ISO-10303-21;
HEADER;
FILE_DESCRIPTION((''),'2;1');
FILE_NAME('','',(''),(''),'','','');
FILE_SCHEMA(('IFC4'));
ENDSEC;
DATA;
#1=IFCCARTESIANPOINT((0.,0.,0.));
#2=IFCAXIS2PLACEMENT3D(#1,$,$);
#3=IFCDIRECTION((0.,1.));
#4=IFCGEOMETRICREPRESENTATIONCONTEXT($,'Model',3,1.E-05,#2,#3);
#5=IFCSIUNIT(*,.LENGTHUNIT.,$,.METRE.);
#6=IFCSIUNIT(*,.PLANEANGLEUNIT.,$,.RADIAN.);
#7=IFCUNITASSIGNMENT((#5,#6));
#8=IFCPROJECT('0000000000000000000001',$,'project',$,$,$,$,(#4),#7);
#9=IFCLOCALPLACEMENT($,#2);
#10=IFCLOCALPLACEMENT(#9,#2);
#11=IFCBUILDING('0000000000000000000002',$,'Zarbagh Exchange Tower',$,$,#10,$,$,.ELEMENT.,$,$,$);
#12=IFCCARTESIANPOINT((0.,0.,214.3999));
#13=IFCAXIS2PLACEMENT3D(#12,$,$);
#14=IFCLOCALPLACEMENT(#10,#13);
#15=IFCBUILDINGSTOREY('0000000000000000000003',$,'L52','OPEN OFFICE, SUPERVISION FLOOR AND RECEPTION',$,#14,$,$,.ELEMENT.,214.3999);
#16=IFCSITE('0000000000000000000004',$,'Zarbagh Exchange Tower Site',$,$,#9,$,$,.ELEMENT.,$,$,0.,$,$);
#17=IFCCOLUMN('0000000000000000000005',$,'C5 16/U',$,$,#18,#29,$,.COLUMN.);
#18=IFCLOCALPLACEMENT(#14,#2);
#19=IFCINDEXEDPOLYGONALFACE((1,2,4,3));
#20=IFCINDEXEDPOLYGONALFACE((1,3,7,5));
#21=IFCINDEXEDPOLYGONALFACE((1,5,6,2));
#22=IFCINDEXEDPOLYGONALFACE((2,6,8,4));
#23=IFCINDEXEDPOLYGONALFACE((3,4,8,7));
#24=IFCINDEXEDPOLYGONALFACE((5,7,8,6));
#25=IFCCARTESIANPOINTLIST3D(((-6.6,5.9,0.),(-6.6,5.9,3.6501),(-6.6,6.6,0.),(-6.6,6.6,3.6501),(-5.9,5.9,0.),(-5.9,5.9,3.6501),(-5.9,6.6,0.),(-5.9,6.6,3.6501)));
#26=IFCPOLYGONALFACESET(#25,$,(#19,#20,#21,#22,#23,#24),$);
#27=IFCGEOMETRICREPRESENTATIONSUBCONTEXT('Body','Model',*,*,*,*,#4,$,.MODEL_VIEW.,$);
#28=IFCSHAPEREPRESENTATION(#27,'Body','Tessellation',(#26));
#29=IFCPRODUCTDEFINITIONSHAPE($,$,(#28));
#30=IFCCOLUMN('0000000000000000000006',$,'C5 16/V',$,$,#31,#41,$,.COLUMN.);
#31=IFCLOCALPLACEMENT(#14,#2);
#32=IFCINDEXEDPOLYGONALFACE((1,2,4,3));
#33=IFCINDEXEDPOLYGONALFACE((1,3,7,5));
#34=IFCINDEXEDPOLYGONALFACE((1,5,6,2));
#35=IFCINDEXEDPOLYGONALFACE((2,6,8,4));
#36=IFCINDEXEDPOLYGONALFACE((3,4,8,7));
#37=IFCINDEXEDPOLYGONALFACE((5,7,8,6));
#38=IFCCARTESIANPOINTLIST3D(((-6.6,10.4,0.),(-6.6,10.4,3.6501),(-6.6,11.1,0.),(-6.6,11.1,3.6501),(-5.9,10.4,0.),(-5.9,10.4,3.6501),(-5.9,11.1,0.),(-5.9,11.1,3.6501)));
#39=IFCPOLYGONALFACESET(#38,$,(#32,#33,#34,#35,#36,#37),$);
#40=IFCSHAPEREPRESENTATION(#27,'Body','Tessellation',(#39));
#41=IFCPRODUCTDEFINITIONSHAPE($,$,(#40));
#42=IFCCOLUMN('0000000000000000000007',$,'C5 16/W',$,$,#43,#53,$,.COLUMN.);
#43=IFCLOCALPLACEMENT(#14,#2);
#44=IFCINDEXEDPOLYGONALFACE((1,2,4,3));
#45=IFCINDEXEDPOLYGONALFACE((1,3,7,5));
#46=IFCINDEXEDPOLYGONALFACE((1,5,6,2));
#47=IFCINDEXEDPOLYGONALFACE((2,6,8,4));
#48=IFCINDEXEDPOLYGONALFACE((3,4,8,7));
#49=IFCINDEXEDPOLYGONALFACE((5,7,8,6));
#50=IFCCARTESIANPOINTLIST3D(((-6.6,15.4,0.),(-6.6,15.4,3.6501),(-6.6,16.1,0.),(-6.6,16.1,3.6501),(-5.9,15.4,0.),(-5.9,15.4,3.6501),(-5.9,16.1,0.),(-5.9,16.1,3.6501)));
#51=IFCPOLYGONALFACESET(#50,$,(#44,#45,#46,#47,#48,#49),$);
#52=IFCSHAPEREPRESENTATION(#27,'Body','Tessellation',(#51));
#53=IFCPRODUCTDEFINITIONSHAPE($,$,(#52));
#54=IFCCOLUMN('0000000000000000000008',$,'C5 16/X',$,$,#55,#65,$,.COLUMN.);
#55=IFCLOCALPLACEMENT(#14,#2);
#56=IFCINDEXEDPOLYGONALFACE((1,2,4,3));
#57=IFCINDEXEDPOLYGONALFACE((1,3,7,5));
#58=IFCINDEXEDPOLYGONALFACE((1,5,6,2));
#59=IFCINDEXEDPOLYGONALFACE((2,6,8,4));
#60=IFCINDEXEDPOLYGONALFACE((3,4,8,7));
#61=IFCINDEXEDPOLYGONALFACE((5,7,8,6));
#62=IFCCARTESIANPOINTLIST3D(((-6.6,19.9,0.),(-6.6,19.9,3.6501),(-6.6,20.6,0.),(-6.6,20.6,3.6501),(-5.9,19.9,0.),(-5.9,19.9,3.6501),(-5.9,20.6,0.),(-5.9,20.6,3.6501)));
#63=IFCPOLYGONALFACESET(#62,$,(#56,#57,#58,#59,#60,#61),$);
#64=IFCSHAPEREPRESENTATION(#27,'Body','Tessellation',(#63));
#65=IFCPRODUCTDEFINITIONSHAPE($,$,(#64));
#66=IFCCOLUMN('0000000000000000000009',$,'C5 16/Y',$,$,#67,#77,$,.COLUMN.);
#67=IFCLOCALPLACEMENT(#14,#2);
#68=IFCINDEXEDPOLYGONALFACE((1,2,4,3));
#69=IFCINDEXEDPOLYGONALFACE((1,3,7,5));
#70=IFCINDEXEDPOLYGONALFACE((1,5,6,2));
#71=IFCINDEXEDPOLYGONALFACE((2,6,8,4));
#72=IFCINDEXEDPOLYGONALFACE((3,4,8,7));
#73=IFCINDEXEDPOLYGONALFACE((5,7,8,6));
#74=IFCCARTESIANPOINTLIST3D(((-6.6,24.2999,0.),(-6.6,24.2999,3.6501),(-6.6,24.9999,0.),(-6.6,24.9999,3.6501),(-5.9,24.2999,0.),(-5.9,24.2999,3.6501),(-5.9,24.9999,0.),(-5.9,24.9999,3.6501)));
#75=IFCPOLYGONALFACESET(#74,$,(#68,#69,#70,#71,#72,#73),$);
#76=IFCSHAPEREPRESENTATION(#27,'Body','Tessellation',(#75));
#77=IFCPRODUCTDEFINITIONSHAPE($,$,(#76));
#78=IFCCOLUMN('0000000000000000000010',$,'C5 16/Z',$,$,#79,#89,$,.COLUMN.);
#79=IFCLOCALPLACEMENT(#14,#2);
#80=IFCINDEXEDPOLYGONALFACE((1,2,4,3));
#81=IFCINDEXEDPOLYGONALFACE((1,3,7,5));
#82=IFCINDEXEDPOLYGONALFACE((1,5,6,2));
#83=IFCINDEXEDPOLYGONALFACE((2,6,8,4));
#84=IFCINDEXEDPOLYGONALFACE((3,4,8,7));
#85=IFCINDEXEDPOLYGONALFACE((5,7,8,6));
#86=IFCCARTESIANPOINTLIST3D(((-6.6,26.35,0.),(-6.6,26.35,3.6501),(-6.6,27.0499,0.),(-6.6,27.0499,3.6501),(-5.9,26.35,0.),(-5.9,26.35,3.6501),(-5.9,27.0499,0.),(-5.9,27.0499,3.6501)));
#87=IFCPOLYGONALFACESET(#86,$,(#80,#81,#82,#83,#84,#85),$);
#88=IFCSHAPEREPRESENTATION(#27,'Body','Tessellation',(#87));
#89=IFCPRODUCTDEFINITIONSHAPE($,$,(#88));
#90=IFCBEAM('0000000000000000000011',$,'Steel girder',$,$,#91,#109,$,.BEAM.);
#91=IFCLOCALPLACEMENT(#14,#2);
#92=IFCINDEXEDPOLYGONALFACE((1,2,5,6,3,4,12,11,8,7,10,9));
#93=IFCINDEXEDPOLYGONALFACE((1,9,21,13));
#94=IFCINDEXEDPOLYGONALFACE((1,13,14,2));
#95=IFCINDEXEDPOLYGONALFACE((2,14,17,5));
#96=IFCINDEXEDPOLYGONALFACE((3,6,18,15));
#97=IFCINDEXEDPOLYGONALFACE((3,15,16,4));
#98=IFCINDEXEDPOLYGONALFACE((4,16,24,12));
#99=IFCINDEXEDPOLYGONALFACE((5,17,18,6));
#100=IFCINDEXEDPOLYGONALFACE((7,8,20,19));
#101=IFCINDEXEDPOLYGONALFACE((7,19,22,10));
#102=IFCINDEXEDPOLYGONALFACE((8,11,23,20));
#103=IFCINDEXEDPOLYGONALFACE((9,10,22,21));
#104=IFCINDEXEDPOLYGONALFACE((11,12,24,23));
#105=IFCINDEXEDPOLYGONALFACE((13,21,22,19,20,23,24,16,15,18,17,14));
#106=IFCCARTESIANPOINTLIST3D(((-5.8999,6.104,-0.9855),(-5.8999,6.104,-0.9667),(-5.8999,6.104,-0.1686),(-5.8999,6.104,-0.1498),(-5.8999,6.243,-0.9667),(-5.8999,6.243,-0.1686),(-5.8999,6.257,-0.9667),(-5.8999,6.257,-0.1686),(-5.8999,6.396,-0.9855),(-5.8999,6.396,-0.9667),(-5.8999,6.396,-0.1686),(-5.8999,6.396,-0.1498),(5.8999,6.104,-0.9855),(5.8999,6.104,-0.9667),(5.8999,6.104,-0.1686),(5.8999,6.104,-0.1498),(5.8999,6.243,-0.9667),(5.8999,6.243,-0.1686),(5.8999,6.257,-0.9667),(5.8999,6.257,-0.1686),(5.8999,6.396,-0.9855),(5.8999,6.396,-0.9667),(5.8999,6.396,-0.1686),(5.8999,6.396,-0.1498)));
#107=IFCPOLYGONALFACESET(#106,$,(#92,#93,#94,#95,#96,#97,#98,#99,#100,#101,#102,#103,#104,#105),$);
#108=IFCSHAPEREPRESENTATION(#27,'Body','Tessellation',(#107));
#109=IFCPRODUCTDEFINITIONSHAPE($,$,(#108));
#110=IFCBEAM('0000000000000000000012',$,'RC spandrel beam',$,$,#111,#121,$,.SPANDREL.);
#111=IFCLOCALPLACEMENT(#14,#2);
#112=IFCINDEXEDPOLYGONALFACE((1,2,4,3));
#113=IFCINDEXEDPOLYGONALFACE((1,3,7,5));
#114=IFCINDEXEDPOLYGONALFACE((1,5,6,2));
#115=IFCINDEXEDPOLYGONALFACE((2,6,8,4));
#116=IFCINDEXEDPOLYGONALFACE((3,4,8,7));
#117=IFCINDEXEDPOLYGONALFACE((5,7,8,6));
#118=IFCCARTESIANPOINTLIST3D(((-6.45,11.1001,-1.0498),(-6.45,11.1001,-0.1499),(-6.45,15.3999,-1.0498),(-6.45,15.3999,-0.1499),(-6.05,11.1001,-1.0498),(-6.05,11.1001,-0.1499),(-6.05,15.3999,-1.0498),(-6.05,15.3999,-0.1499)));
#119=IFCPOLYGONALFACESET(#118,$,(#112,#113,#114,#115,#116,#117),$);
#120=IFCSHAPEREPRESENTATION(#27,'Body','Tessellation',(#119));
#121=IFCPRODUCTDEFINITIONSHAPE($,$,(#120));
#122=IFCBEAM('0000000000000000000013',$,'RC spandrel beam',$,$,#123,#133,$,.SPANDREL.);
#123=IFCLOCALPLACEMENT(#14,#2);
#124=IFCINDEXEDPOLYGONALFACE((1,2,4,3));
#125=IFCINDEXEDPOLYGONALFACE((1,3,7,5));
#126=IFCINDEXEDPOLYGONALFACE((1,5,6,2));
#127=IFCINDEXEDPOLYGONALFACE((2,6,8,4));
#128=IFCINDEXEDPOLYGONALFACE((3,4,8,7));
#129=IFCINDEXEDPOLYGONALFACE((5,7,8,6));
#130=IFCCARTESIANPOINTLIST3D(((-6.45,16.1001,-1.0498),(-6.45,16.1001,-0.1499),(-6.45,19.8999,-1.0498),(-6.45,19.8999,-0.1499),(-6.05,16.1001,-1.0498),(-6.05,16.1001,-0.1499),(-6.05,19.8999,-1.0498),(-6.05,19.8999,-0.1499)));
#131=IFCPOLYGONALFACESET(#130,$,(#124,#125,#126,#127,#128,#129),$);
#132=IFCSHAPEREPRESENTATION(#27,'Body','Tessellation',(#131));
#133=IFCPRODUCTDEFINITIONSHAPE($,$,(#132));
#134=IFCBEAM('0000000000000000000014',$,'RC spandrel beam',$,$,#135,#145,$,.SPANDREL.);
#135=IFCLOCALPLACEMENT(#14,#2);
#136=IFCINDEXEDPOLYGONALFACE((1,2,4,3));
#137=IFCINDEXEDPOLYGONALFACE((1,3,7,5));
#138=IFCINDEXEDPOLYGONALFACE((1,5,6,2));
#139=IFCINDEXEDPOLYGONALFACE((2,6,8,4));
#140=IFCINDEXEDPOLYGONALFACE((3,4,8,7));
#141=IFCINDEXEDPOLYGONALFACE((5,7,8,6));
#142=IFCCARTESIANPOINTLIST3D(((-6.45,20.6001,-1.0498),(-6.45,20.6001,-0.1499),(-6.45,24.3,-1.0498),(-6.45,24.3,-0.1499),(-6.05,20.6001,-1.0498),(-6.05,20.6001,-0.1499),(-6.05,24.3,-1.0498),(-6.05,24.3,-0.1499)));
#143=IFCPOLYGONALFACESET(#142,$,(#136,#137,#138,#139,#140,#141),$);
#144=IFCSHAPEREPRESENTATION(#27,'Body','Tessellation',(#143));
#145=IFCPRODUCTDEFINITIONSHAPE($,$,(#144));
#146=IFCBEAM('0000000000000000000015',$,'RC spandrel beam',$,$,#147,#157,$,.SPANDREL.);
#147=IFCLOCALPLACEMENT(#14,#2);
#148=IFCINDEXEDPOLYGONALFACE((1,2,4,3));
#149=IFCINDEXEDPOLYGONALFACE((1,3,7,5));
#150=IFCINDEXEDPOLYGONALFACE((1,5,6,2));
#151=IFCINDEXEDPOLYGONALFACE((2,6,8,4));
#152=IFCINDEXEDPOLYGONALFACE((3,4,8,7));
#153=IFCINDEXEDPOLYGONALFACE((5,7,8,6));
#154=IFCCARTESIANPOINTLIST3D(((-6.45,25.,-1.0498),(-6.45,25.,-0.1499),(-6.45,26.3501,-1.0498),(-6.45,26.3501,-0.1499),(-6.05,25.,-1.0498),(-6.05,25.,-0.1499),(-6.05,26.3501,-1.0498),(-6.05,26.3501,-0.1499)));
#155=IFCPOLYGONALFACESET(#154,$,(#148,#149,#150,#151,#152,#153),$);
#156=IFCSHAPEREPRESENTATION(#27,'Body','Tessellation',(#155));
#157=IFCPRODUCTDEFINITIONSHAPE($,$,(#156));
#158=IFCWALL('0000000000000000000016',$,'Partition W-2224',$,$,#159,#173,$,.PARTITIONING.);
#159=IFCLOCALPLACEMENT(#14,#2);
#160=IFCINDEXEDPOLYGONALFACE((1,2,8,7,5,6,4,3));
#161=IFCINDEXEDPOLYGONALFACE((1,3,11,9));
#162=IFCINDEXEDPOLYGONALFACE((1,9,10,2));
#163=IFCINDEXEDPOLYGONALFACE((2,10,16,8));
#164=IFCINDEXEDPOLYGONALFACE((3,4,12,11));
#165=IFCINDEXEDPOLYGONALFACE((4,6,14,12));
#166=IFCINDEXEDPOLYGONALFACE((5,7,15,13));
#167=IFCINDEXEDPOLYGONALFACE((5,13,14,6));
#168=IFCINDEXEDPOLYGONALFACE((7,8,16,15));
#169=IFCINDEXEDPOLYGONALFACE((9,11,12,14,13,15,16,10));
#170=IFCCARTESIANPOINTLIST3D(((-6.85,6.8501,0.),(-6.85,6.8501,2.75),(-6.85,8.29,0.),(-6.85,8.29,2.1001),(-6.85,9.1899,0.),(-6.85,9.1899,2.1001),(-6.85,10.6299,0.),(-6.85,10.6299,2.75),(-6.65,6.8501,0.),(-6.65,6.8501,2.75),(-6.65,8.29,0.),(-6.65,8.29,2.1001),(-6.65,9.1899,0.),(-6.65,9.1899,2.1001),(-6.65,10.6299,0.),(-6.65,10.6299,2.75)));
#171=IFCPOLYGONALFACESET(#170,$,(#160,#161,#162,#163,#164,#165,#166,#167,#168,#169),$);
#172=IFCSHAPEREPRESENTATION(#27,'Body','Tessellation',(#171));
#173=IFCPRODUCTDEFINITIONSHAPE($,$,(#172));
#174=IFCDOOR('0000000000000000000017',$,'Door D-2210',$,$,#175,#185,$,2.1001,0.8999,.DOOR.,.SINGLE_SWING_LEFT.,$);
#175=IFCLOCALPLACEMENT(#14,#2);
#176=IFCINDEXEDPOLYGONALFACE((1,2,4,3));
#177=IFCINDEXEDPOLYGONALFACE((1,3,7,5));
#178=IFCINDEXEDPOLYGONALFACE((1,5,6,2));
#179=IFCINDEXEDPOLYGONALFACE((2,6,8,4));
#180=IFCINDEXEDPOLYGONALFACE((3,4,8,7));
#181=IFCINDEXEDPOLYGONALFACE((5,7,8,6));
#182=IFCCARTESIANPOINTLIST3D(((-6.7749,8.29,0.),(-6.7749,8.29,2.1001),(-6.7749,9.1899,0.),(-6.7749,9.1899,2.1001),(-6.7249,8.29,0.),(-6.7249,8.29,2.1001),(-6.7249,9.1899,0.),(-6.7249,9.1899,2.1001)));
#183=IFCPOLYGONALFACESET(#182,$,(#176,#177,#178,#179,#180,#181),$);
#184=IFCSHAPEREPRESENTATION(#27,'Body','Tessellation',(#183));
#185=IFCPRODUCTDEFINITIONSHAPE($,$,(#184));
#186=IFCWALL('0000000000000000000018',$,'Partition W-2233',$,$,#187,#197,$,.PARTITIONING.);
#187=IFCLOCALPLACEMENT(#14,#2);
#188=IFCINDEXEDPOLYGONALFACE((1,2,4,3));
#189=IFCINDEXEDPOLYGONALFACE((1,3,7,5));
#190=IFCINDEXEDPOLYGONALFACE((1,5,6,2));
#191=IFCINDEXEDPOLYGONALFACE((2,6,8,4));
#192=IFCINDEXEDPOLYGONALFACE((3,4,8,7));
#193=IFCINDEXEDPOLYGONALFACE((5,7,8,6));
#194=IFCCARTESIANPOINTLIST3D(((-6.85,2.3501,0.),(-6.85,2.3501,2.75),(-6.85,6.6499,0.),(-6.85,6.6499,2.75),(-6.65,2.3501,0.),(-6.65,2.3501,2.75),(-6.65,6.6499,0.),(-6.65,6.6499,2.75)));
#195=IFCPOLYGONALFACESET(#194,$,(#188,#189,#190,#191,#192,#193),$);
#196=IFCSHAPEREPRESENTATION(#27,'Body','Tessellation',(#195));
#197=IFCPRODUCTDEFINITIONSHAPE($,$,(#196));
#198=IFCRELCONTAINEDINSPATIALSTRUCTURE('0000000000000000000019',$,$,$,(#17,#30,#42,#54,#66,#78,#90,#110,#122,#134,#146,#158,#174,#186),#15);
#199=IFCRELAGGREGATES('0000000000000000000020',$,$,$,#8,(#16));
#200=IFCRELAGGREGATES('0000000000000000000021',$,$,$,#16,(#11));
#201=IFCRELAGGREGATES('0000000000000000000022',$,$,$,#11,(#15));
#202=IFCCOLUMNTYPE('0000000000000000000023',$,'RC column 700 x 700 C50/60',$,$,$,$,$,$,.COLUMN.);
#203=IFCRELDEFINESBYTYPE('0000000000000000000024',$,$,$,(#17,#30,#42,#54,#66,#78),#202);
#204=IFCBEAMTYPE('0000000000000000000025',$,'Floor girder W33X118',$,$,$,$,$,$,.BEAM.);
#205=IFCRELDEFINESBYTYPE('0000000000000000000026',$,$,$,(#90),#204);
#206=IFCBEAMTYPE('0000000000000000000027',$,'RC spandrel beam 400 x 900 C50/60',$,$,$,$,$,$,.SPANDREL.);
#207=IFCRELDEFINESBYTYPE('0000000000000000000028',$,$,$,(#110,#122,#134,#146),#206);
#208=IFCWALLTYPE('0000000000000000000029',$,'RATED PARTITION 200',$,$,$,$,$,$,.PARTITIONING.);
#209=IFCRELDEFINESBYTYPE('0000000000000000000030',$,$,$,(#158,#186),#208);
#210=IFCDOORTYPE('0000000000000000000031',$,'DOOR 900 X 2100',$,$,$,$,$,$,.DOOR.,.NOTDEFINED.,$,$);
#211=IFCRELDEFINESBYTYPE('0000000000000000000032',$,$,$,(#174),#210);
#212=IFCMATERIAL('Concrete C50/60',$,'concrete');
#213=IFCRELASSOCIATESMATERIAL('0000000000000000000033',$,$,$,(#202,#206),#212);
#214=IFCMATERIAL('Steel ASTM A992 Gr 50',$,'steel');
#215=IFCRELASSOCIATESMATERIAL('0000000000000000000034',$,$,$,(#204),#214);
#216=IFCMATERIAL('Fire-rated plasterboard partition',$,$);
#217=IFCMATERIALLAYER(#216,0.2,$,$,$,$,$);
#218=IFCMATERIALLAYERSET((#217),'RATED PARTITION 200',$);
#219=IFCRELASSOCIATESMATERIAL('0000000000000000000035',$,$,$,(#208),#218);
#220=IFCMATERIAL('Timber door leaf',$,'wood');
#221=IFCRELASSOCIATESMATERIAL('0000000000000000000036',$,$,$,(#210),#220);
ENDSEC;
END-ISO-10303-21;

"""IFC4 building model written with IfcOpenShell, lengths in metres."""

from ifc_helpers import new_model, si_unit, direction, frame, frame_2d, origin, origin_2d, place, context, subcontext, project, spatial, rectangle, i_section, extrude, material, layer, layer_set, material_profile, profile_set, type_object, element, fill, save


model = new_model("IFC4")

# Units and contexts
model_context = context("Model", 3, precision=1e-05, world=origin(), true_north=direction((0.0, 1.0)))
body_context = subcontext(model_context, "Body", "Model", "MODEL_VIEW")
ifc_project = project(units=[si_unit("LENGTHUNIT", "METRE"), si_unit("PLANEANGLEUNIT", "RADIAN")], contexts=[model_context])

# Site, building, storey
site_placement = place(None, origin())
site = spatial("IfcSite", under=ifc_project, at=site_placement, Name="Zarbagh Exchange Tower Site", CompositionType="ELEMENT", RefElevation=0.0)
building_placement = place(site_placement, origin())
building = spatial("IfcBuilding", under=site, at=building_placement, Name="Zarbagh Exchange Tower", CompositionType="ELEMENT")
storey_placement = place(building_placement, frame((0.0, 0.0, 214.3999)))
storey = spatial("IfcBuildingStorey", under=building, at=storey_placement, Name="L52", Description="OPEN OFFICE, SUPERVISION FLOOR AND RECEPTION", CompositionType="ELEMENT", Elevation=214.3999)

# Columns
ifc_material_1 = material(Name="Concrete C50/60", Category="concrete")
ifc_material_profile_1 = material_profile(ifc_material_1, rectangle(XDim=0.7, YDim=0.7, at=origin_2d()), Name="RC column 700 x 700 C50/60")
ifc_profile_set_1 = profile_set([ifc_material_profile_1], Name="Concrete C50/60")
column_type = type_object("IfcColumnType", Name="RC column 700 x 700 C50/60", PredefinedType="COLUMN", material=ifc_profile_set_1)
for number, where, z_axis, x_axis, name in (
    (1, (-6.25, 6.25, 0.0), (0.0, 0.0, 1.0), (1.0, 0.0, 0.0), "C5 16/U"),
    (2, (-6.25, 10.75, 0.0), (0.0, 0.0, 1.0), (1.0, 0.0, 0.0), "C5 16/V"),
    (3, (-6.25, 15.75, 0.0), (0.0, 0.0, 1.0), (1.0, 0.0, 0.0), "C5 16/W"),
    (4, (-6.25, 20.25, 0.0), (0.0, 0.0, 1.0), (1.0, 0.0, 0.0), "C5 16/X"),
    (5, (-6.25, 24.6499, 0.0), (0.0, 0.0, 1.0), (1.0, 0.0, 0.0), "C5 16/Y"),
    (6, (-6.25, 26.7, 0.0), (0.0, 0.0, 1.0), (1.0, 0.0, 0.0), "C5 16/Z"),
):
    element("IfcColumn", number, at=place(storey_placement, frame(where, z_axis=z_axis, x_axis=x_axis)), inside=storey, type_object=column_type, Name=name, PredefinedType="COLUMN", context=body_context, shape_type="SweptSolid", body=[
        extrude(rectangle(XDim=0.7, YDim=0.7, at=origin_2d()), origin(), (0.0, 0.0, 1.0), 3.6501),
    ])

# Beams
ifc_material_2 = material(Name="Steel ASTM A992 Gr 50", Category="steel")
ifc_material_profile_2 = material_profile(ifc_material_2, i_section(OverallWidth=0.292, OverallDepth=0.8357, WebThickness=0.0139, FlangeThickness=0.0188, at=origin_2d()), Name="W33X118")
ifc_profile_set_2 = profile_set([ifc_material_profile_2], Name="Steel ASTM A992 Gr 50")
beam_type_1 = type_object("IfcBeamType", Name="Floor girder W33X118", PredefinedType="BEAM", material=ifc_profile_set_2)
beam_1_placement = place(storey_placement, frame((-5.8999, 6.25, -0.5676), z_axis=(1.0, 0.0, 0.0), x_axis=(0.0, 1.0, 0.0)))
element("IfcBeam", 7, at=beam_1_placement, inside=storey, type_object=beam_type_1, Name="Steel girder", PredefinedType="BEAM", context=body_context, shape_type="SweptSolid", body=[
    extrude(i_section(OverallWidth=0.292, OverallDepth=0.8357, WebThickness=0.0139, FlangeThickness=0.0188, at=origin_2d()), origin(), (0.0, 0.0, 1.0), 11.7998),
])
ifc_material_profile_3 = material_profile(ifc_material_1, rectangle(XDim=0.3999, YDim=0.8999, at=origin_2d()), Name="RC spandrel beam 400 x 900 C50/60")
ifc_profile_set_3 = profile_set([ifc_material_profile_3], Name="Concrete C50/60")
beam_type_2 = type_object("IfcBeamType", Name="RC spandrel beam 400 x 900 C50/60", PredefinedType="SPANDREL", material=ifc_profile_set_3)
beam_2_placement = place(storey_placement, frame((-6.25, 11.1001, -0.5999), z_axis=(0.0, 1.0, 0.0), x_axis=(-1.0, 0.0, 0.0)))
element("IfcBeam", 8, at=beam_2_placement, inside=storey, type_object=beam_type_2, Name="RC spandrel beam", PredefinedType="SPANDREL", context=body_context, shape_type="SweptSolid", body=[
    extrude(rectangle(XDim=0.3999, YDim=0.8999, at=origin_2d()), origin(), (0.0, 0.0, 1.0), 4.2998),
])
beam_3_placement = place(storey_placement, frame((-6.25, 16.1001, -0.5999), z_axis=(0.0, 1.0, 0.0), x_axis=(-1.0, 0.0, 0.0)))
element("IfcBeam", 9, at=beam_3_placement, inside=storey, type_object=beam_type_2, Name="RC spandrel beam", PredefinedType="SPANDREL", context=body_context, shape_type="SweptSolid", body=[
    extrude(rectangle(XDim=0.3999, YDim=0.8999, at=origin_2d()), origin(), (0.0, 0.0, 1.0), 3.7998),
])
beam_4_placement = place(storey_placement, frame((-6.25, 20.6001, -0.5999), z_axis=(0.0, 1.0, 0.0), x_axis=(-1.0, 0.0, 0.0)))
element("IfcBeam", 10, at=beam_4_placement, inside=storey, type_object=beam_type_2, Name="RC spandrel beam", PredefinedType="SPANDREL", context=body_context, shape_type="SweptSolid", body=[
    extrude(rectangle(XDim=0.3999, YDim=0.8999, at=origin_2d()), origin(), (0.0, 0.0, 1.0), 3.7),
])
beam_5_placement = place(storey_placement, frame((-6.25, 25.0, -0.5999), z_axis=(0.0, 1.0, 0.0), x_axis=(-1.0, 0.0, 0.0)))
element("IfcBeam", 11, at=beam_5_placement, inside=storey, type_object=beam_type_2, Name="RC spandrel beam", PredefinedType="SPANDREL", context=body_context, shape_type="SweptSolid", body=[
    extrude(rectangle(XDim=0.3999, YDim=0.8999, at=origin_2d()), origin(), (0.0, 0.0, 1.0), 1.3501),
])

# Wall, opening, door
ifc_material_3 = material(Name="Fire-rated plasterboard partition")
ifc_layer_1 = layer(ifc_material_3, 0.2)
ifc_layer_set_1 = layer_set([ifc_layer_1], Name="RATED PARTITION 200")
wall_type_1 = type_object("IfcWallType", Name="RATED PARTITION 200", PredefinedType="PARTITIONING", material=ifc_layer_set_1)
wall_1_placement = place(storey_placement, frame((-6.75, 6.8501, 0.0), z_axis=(0.0, 0.0, 1.0), x_axis=(0.0, 1.0, 0.0)))
wall_1 = element("IfcWall", 12, at=wall_1_placement, inside=storey, type_object=wall_type_1, Name="Partition W-2224", PredefinedType="PARTITIONING", context=body_context, shape_type="SweptSolid", body=[
    extrude(rectangle(XDim=3.7798, YDim=0.2, at=frame_2d((1.8899, 0.0))), origin(), (0.0, 0.0, 1.0), 2.75),
])
opening_1_placement = place(wall_1_placement, frame((1.4399, 0.0, 0.0)))
opening_1 = element("IfcOpeningElement", 13, at=opening_1_placement, cuts=wall_1, PredefinedType="OPENING", context=body_context, shape_type="SweptSolid", body=[
    extrude(rectangle(XDim=0.8999, YDim=2.1001, at=frame_2d((0.45, 1.05))), frame((0.0, 0.1099, 0.0), z_axis=(0.0, -1.0, 0.0), x_axis=(1.0, 0.0, 0.0)), (0.0, 0.0, 1.0), 0.22),
])
ifc_material_4 = material(Name="Timber door leaf", Category="wood")
door_type_1 = type_object("IfcDoorType", Name="DOOR 900 X 2100", OperationType="NOTDEFINED", PredefinedType="DOOR", material=ifc_material_4)
door_1_placement = place(opening_1_placement, origin())
door_1 = element("IfcDoor", 14, at=door_1_placement, inside=storey, type_object=door_type_1, Name="Door D-2210", OperationType="SINGLE_SWING_LEFT", OverallHeight=2.1001, OverallWidth=0.8999, PredefinedType="DOOR", context=body_context, shape_type="SweptSolid", body=[
    extrude(rectangle(XDim=0.8999, YDim=2.1001, at=frame_2d((0.45, 1.05))), frame((0.0, 0.0249, 0.0), z_axis=(0.0, -1.0, 0.0), x_axis=(1.0, 0.0, 0.0)), (0.0, 0.0, 1.0), 0.05),
])
fill(opening_1, door_1)

# Wall
wall_2_placement = place(storey_placement, frame((-6.75, 2.3501, 0.0), z_axis=(0.0, 0.0, 1.0), x_axis=(0.0, 1.0, 0.0)))
element("IfcWall", 15, at=wall_2_placement, inside=storey, type_object=wall_type_1, Name="Partition W-2233", PredefinedType="PARTITIONING", context=body_context, shape_type="SweptSolid", body=[
    extrude(rectangle(XDim=4.2998, YDim=0.2, at=frame_2d((2.1499, 0.0))), origin(), (0.0, 0.0, 1.0), 2.75),
])

save(model, "model.ifc")
